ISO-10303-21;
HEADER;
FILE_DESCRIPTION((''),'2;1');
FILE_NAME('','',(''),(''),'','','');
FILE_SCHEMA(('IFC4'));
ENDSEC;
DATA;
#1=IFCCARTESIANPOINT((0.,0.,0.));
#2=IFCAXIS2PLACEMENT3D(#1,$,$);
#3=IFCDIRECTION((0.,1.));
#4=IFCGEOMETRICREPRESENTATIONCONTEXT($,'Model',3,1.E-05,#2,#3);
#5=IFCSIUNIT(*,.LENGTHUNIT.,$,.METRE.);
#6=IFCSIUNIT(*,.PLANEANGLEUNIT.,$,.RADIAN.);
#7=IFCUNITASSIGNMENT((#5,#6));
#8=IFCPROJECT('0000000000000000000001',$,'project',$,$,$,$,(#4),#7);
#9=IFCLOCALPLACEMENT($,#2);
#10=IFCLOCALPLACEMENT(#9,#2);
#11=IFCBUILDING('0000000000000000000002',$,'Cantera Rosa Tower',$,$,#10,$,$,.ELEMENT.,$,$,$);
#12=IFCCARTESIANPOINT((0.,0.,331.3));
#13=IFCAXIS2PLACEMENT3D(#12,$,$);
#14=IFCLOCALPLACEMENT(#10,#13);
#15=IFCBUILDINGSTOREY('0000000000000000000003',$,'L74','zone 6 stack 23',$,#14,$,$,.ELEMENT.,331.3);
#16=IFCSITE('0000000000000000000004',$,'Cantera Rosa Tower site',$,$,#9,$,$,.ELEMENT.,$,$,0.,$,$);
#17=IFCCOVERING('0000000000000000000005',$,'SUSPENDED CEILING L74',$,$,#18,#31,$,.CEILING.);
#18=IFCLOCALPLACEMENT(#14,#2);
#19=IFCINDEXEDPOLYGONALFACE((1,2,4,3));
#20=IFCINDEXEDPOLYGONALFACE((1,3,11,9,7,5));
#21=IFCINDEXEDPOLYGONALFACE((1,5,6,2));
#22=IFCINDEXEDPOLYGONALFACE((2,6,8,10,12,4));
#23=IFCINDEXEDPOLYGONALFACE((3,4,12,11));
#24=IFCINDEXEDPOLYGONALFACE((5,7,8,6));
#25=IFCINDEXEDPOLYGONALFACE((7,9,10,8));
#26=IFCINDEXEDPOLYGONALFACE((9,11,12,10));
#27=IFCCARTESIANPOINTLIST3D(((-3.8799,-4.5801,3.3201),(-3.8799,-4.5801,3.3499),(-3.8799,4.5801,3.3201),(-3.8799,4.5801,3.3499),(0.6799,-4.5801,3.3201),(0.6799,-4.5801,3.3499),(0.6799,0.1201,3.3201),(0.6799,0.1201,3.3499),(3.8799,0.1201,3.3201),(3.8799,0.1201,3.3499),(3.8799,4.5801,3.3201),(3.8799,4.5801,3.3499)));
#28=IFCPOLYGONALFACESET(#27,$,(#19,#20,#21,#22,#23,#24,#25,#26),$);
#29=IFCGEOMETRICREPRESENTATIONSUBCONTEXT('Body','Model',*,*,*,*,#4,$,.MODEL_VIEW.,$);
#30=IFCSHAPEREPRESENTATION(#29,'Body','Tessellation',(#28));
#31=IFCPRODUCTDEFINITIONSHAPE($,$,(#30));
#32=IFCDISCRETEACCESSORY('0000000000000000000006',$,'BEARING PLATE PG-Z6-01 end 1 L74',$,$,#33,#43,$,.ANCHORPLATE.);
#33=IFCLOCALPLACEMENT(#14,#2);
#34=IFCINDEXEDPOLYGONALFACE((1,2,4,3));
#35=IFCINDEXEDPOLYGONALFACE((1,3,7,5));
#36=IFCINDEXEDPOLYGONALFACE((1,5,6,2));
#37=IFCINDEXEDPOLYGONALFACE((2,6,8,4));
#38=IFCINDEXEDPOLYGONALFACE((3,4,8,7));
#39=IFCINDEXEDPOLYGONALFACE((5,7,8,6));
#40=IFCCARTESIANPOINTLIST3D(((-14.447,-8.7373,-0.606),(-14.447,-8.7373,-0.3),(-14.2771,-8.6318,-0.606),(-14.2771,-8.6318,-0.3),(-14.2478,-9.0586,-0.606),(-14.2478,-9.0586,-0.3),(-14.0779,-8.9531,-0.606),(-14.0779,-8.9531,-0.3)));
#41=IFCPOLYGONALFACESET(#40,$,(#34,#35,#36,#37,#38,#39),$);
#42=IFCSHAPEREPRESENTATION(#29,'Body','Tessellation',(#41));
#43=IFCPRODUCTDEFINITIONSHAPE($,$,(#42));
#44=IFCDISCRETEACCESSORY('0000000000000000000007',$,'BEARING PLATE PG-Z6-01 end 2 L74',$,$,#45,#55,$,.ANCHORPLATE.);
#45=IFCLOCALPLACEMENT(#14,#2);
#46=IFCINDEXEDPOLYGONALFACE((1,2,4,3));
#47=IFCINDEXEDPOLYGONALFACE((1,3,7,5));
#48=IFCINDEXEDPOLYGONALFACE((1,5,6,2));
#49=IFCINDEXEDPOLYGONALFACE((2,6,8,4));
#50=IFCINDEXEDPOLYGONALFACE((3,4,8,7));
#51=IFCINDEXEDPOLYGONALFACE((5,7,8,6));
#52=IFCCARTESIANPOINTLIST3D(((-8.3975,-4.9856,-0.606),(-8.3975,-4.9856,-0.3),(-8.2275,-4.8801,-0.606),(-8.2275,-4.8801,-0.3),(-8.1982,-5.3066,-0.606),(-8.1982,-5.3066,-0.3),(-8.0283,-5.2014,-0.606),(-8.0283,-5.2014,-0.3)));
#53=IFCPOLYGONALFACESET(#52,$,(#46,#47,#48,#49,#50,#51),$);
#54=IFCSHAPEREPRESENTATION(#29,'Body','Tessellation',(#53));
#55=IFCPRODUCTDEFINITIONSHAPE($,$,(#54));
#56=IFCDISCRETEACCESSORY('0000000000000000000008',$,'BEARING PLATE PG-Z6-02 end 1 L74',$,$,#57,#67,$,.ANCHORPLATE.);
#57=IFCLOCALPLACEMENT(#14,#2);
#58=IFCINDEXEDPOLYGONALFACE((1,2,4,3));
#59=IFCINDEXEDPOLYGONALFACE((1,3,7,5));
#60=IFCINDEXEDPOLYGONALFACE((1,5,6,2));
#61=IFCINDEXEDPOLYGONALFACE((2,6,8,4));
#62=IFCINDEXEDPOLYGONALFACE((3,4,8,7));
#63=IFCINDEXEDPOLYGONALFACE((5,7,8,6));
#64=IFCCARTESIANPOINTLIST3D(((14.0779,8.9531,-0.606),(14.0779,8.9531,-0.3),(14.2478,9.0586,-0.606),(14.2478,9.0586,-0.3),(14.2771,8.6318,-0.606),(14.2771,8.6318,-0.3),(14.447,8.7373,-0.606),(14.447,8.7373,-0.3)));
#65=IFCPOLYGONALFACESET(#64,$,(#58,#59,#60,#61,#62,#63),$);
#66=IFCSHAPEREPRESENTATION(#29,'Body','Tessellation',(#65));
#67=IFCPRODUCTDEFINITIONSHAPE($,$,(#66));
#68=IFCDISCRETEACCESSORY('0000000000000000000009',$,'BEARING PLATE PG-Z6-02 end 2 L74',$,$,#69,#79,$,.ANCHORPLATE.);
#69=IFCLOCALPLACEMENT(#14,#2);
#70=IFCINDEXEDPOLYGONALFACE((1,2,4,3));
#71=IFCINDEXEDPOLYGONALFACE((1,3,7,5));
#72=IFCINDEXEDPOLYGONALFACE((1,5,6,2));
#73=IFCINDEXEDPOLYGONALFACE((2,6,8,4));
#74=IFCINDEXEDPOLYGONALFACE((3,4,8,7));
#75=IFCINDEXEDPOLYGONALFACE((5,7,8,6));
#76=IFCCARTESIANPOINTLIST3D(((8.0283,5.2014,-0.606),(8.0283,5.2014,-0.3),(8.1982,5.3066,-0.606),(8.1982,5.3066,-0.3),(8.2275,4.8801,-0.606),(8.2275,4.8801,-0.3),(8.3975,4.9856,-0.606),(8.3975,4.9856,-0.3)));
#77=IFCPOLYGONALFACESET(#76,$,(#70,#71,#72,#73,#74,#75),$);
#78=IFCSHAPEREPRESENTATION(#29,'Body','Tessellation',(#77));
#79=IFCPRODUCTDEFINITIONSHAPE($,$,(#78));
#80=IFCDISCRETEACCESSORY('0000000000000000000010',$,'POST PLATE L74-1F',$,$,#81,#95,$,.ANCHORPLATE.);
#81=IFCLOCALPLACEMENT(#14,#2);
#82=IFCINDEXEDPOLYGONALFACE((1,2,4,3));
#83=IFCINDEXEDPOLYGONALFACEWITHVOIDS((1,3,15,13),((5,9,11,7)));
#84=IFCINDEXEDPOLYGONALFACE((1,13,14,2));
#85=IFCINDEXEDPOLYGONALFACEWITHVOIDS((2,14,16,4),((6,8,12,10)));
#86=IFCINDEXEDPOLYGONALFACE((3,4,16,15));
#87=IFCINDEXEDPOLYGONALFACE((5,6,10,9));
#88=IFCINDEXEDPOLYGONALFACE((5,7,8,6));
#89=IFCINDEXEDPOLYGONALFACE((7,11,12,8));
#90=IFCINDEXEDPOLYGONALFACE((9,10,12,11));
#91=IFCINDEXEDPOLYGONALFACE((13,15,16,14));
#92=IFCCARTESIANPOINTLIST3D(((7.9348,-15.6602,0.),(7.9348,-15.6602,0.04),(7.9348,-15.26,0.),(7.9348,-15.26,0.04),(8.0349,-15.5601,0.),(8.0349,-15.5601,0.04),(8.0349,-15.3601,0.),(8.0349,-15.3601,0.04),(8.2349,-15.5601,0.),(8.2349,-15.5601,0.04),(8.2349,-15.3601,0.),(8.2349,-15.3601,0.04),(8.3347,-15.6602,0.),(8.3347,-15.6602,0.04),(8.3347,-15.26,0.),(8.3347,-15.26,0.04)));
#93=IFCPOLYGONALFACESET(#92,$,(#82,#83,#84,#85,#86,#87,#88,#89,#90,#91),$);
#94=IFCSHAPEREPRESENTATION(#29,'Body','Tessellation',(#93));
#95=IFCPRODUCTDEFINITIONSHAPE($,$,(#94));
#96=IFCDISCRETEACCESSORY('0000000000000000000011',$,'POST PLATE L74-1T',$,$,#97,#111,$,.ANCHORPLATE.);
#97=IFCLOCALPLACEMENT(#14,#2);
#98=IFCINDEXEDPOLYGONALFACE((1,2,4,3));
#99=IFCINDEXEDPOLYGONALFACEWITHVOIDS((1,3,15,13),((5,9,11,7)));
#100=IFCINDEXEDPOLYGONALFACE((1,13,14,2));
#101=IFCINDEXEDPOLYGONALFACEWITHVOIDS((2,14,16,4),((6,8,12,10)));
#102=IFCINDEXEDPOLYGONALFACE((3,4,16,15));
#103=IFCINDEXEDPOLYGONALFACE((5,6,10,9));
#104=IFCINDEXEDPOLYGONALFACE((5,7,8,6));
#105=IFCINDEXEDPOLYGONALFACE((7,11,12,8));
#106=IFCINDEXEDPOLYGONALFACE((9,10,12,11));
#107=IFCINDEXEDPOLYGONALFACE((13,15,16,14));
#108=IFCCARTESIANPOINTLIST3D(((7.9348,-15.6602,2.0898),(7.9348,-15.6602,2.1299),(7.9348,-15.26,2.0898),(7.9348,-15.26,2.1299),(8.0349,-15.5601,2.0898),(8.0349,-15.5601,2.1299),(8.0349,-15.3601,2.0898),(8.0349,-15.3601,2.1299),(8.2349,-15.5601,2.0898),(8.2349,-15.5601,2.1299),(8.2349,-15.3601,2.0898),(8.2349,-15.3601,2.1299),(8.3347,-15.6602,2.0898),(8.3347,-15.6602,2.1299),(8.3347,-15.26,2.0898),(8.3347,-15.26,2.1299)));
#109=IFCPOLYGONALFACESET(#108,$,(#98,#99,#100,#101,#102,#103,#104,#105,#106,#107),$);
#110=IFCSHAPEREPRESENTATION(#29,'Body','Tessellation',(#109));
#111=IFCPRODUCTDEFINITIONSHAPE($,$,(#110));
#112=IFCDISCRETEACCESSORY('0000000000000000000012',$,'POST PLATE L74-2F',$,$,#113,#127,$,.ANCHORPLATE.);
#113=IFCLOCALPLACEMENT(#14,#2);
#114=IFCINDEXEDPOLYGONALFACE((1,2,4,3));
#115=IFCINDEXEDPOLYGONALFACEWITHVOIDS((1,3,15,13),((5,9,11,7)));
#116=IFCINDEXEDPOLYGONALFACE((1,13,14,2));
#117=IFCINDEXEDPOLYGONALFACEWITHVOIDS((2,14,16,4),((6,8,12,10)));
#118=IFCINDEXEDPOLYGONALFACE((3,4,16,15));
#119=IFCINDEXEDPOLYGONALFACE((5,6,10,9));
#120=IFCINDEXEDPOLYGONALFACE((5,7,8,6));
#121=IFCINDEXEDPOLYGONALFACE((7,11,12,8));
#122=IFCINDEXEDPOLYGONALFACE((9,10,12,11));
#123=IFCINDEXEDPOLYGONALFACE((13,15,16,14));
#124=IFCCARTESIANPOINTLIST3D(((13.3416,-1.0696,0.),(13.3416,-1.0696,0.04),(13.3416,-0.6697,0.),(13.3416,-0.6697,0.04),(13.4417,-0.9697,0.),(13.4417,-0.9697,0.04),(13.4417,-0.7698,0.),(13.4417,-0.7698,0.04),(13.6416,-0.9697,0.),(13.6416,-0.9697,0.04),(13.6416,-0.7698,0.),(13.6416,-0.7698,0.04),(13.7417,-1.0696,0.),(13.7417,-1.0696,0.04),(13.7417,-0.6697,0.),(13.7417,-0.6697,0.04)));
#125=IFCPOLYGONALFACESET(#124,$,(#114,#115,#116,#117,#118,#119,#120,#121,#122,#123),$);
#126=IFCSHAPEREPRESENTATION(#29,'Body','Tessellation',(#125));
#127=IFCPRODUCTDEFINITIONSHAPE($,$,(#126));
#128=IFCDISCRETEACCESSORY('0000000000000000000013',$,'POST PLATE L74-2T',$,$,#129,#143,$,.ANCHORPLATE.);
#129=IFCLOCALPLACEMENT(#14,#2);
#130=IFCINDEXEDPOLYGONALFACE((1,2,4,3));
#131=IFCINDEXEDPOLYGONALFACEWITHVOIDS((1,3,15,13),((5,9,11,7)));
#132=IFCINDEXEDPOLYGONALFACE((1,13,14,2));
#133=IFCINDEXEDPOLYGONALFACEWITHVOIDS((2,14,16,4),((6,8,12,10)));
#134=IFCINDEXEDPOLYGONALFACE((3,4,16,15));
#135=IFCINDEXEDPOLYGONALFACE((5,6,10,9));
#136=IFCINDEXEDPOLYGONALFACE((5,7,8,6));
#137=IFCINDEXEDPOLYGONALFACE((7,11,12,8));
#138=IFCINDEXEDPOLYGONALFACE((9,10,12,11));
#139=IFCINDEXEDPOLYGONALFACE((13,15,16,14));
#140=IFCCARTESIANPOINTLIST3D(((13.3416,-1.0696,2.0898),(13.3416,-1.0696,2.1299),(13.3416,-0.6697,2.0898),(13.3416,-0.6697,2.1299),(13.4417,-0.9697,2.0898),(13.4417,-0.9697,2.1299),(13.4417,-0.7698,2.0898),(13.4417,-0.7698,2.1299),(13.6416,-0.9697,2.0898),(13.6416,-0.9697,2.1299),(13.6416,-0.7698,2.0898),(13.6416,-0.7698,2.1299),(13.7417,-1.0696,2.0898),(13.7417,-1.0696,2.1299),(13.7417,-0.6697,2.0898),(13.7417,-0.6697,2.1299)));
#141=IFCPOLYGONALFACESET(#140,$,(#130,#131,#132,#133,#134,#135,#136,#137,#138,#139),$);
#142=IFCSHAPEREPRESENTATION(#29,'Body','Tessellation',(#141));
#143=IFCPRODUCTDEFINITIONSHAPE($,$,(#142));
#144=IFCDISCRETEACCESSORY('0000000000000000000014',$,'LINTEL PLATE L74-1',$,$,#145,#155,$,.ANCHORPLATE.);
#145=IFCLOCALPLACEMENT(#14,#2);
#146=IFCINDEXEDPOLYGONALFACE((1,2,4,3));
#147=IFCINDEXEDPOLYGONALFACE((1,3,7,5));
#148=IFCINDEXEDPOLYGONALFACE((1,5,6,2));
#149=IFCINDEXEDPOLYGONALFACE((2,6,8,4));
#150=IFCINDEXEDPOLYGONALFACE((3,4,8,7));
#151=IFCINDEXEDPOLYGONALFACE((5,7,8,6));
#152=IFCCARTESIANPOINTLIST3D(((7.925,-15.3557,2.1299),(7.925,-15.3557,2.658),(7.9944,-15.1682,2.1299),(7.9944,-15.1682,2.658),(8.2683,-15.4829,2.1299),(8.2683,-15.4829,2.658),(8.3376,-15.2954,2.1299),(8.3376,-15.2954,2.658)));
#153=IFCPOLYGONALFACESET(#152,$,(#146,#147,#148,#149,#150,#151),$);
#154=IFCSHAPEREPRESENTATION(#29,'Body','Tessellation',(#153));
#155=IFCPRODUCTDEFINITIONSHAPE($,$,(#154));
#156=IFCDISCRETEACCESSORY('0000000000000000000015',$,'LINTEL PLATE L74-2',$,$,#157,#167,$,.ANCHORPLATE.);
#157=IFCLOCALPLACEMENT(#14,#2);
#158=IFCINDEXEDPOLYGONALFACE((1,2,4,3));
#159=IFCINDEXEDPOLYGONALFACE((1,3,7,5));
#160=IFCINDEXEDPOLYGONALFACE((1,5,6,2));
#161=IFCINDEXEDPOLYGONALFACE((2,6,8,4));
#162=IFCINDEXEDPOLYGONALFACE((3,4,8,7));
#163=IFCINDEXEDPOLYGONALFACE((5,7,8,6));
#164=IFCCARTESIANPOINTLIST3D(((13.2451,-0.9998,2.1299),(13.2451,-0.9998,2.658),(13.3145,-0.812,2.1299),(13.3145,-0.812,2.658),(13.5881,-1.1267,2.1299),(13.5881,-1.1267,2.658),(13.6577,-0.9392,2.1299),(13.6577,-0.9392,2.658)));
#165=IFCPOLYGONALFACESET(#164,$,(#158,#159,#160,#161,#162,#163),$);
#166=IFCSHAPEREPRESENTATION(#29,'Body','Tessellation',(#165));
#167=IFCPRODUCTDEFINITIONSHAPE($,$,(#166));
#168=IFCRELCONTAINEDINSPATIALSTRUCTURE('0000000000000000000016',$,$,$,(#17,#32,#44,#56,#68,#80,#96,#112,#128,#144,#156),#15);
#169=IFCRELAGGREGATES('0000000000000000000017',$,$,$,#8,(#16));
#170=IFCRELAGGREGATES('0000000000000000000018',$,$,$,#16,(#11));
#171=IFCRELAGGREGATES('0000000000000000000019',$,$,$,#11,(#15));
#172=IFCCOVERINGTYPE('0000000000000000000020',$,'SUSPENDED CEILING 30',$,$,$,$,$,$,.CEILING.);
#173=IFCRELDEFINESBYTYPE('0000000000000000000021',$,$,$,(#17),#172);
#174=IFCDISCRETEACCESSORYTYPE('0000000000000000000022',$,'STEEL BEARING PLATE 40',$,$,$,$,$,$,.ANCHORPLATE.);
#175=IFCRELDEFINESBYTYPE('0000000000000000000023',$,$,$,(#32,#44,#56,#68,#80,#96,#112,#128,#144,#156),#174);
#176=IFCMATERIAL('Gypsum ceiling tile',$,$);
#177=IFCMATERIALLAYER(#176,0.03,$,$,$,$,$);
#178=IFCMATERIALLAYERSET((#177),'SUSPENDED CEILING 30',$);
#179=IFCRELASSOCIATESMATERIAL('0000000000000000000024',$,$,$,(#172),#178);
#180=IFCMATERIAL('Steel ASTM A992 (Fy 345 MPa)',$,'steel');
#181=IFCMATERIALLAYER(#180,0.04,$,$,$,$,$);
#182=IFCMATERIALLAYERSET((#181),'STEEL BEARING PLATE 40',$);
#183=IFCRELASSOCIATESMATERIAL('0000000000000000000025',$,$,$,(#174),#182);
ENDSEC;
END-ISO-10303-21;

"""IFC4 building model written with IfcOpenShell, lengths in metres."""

from ifc_helpers import new_model, si_unit, direction, frame, origin, place, context, subcontext, project, spatial, polyline, outline, extrude, material, layer, layer_set, type_object, element, save


model = new_model("IFC4")

# Units and contexts
model_context = context("Model", 3, precision=1e-05, world=origin(), true_north=direction((0.0, 1.0)))
body_context = subcontext(model_context, "Body", "Model", "MODEL_VIEW")
ifc_project = project(units=[si_unit("LENGTHUNIT", "METRE"), si_unit("PLANEANGLEUNIT", "RADIAN")], contexts=[model_context])

# Site, building, storey
site_placement = place(None, origin())
site = spatial("IfcSite", under=ifc_project, at=site_placement, Name="Cantera Rosa Tower site", CompositionType="ELEMENT", RefElevation=0.0)
building_placement = place(site_placement, origin())
building = spatial("IfcBuilding", under=site, at=building_placement, Name="Cantera Rosa Tower", CompositionType="ELEMENT")
storey_placement = place(building_placement, frame((0.0, 0.0, 331.3)))
storey = spatial("IfcBuildingStorey", under=building, at=storey_placement, Name="L74", Description="zone 6 stack 23", CompositionType="ELEMENT", Elevation=331.3)

# Covering
ifc_material_1 = material(Name="Gypsum ceiling tile")
ifc_layer_1 = layer(ifc_material_1, 0.03)
ifc_layer_set_1 = layer_set([ifc_layer_1], Name="SUSPENDED CEILING 30")
covering_type_1 = type_object("IfcCoveringType", Name="SUSPENDED CEILING 30", PredefinedType="CEILING", material=ifc_layer_set_1)
covering_1_placement = place(storey_placement, frame((0.0, 0.0, 3.3201)))
element("IfcCovering", 1, at=covering_1_placement, inside=storey, type_object=covering_type_1, Name="SUSPENDED CEILING L74", PredefinedType="CEILING", context=body_context, shape_type="SweptSolid", body=[
    extrude(outline(polyline([(3.8799, 4.5801), (3.8799, 0.1201), (0.6799, 0.1201), (0.6799, -4.5801), (-3.8799, -4.5801), (-3.8799, 4.5801), (3.8799, 4.5801)])), origin(), (0.0, 0.0, 1.0), 0.0298),
])

# Discrete accessories
ifc_material_2 = material(Name="Steel ASTM A992 (Fy 345 MPa)", Category="steel")
ifc_layer_2 = layer(ifc_material_2, 0.04)
ifc_layer_set_2 = layer_set([ifc_layer_2], Name="STEEL BEARING PLATE 40")
discrete_accessory_type = type_object("IfcDiscreteAccessoryType", Name="STEEL BEARING PLATE 40", PredefinedType="ANCHORPLATE", material=ifc_layer_set_2)
discrete_accessory_1_placement = place(storey_placement, frame((0.0, 0.0, -0.606)))
element("IfcDiscreteAccessory", 2, at=discrete_accessory_1_placement, inside=storey, type_object=discrete_accessory_type, Name="BEARING PLATE PG-Z6-01 end 1 L74", PredefinedType="ANCHORPLATE", context=body_context, shape_type="SweptSolid", body=[
    extrude(outline(polyline([(-14.2771, -8.6318), (-14.447, -8.7373), (-14.2478, -9.0586), (-14.0779, -8.9531), (-14.2771, -8.6318)])), origin(), (0.0, 0.0, 1.0), 0.3059),
])
discrete_accessory_2_placement = place(storey_placement, frame((0.0, 0.0, -0.606)))
element("IfcDiscreteAccessory", 3, at=discrete_accessory_2_placement, inside=storey, type_object=discrete_accessory_type, Name="BEARING PLATE PG-Z6-01 end 2 L74", PredefinedType="ANCHORPLATE", context=body_context, shape_type="SweptSolid", body=[
    extrude(outline(polyline([(-8.1982, -5.3066), (-8.0283, -5.2014), (-8.2275, -4.8801), (-8.3975, -4.9856), (-8.1982, -5.3066)])), origin(), (0.0, 0.0, 1.0), 0.3059),
])
discrete_accessory_3_placement = place(storey_placement, frame((0.0, 0.0, -0.606)))
element("IfcDiscreteAccessory", 4, at=discrete_accessory_3_placement, inside=storey, type_object=discrete_accessory_type, Name="BEARING PLATE PG-Z6-02 end 1 L74", PredefinedType="ANCHORPLATE", context=body_context, shape_type="SweptSolid", body=[
    extrude(outline(polyline([(14.2771, 8.6318), (14.447, 8.7373), (14.2478, 9.0586), (14.0779, 8.9531), (14.2771, 8.6318)])), origin(), (0.0, 0.0, 1.0), 0.3059),
])
discrete_accessory_4_placement = place(storey_placement, frame((0.0, 0.0, -0.606)))
element("IfcDiscreteAccessory", 5, at=discrete_accessory_4_placement, inside=storey, type_object=discrete_accessory_type, Name="BEARING PLATE PG-Z6-02 end 2 L74", PredefinedType="ANCHORPLATE", context=body_context, shape_type="SweptSolid", body=[
    extrude(outline(polyline([(8.1982, 5.3066), (8.0283, 5.2014), (8.2275, 4.8801), (8.3975, 4.9856), (8.1982, 5.3066)])), origin(), (0.0, 0.0, 1.0), 0.3059),
])
for number, where, name in (
    (6, (0.0, 0.0, 0.0), "POST PLATE L74-1F"),
    (7, (0.0, 0.0, 2.0898), "POST PLATE L74-1T"),
):
    element("IfcDiscreteAccessory", number, at=place(storey_placement, frame(where)), inside=storey, type_object=discrete_accessory_type, Name=name, PredefinedType="ANCHORPLATE", context=body_context, shape_type="SweptSolid", body=[
        extrude(outline(polyline([(7.9348, -15.6602), (8.3347, -15.6602), (8.3347, -15.26), (7.9348, -15.26), (7.9348, -15.6602)]), holes=[polyline([(8.0349, -15.5601), (8.2349, -15.5601), (8.2349, -15.3601), (8.0349, -15.3601), (8.0349, -15.5601)])]), origin(), (0.0, 0.0, 1.0), 0.04),
    ])
for number, where, name in (
    (8, (0.0, 0.0, 0.0), "POST PLATE L74-2F"),
    (9, (0.0, 0.0, 2.0898), "POST PLATE L74-2T"),
):
    element("IfcDiscreteAccessory", number, at=place(storey_placement, frame(where)), inside=storey, type_object=discrete_accessory_type, Name=name, PredefinedType="ANCHORPLATE", context=body_context, shape_type="SweptSolid", body=[
        extrude(outline(polyline([(13.3416, -1.0696), (13.7417, -1.0696), (13.7417, -0.6697), (13.3416, -0.6697), (13.3416, -1.0696)]), holes=[polyline([(13.4417, -0.9697), (13.6416, -0.9697), (13.6416, -0.7698), (13.4417, -0.7698), (13.4417, -0.9697)])]), origin(), (0.0, 0.0, 1.0), 0.04),
    ])
discrete_accessory_5_placement = place(storey_placement, frame((0.0, 0.0, 2.1299)))
element("IfcDiscreteAccessory", 10, at=discrete_accessory_5_placement, inside=storey, type_object=discrete_accessory_type, Name="LINTEL PLATE L74-1", PredefinedType="ANCHORPLATE", context=body_context, shape_type="SweptSolid", body=[
    extrude(outline(polyline([(7.9944, -15.1682), (7.925, -15.3557), (8.2683, -15.4829), (8.3376, -15.2954), (7.9944, -15.1682)])), origin(), (0.0, 0.0, 1.0), 0.5281),
])
discrete_accessory_6_placement = place(storey_placement, frame((0.0, 0.0, 2.1299)))
element("IfcDiscreteAccessory", 11, at=discrete_accessory_6_placement, inside=storey, type_object=discrete_accessory_type, Name="LINTEL PLATE L74-2", PredefinedType="ANCHORPLATE", context=body_context, shape_type="SweptSolid", body=[
    extrude(outline(polyline([(13.5881, -1.1267), (13.6577, -0.9392), (13.3145, -0.812), (13.2451, -0.9998), (13.5881, -1.1267)])), origin(), (0.0, 0.0, 1.0), 0.5281),
])

save(model, "model.ifc")
